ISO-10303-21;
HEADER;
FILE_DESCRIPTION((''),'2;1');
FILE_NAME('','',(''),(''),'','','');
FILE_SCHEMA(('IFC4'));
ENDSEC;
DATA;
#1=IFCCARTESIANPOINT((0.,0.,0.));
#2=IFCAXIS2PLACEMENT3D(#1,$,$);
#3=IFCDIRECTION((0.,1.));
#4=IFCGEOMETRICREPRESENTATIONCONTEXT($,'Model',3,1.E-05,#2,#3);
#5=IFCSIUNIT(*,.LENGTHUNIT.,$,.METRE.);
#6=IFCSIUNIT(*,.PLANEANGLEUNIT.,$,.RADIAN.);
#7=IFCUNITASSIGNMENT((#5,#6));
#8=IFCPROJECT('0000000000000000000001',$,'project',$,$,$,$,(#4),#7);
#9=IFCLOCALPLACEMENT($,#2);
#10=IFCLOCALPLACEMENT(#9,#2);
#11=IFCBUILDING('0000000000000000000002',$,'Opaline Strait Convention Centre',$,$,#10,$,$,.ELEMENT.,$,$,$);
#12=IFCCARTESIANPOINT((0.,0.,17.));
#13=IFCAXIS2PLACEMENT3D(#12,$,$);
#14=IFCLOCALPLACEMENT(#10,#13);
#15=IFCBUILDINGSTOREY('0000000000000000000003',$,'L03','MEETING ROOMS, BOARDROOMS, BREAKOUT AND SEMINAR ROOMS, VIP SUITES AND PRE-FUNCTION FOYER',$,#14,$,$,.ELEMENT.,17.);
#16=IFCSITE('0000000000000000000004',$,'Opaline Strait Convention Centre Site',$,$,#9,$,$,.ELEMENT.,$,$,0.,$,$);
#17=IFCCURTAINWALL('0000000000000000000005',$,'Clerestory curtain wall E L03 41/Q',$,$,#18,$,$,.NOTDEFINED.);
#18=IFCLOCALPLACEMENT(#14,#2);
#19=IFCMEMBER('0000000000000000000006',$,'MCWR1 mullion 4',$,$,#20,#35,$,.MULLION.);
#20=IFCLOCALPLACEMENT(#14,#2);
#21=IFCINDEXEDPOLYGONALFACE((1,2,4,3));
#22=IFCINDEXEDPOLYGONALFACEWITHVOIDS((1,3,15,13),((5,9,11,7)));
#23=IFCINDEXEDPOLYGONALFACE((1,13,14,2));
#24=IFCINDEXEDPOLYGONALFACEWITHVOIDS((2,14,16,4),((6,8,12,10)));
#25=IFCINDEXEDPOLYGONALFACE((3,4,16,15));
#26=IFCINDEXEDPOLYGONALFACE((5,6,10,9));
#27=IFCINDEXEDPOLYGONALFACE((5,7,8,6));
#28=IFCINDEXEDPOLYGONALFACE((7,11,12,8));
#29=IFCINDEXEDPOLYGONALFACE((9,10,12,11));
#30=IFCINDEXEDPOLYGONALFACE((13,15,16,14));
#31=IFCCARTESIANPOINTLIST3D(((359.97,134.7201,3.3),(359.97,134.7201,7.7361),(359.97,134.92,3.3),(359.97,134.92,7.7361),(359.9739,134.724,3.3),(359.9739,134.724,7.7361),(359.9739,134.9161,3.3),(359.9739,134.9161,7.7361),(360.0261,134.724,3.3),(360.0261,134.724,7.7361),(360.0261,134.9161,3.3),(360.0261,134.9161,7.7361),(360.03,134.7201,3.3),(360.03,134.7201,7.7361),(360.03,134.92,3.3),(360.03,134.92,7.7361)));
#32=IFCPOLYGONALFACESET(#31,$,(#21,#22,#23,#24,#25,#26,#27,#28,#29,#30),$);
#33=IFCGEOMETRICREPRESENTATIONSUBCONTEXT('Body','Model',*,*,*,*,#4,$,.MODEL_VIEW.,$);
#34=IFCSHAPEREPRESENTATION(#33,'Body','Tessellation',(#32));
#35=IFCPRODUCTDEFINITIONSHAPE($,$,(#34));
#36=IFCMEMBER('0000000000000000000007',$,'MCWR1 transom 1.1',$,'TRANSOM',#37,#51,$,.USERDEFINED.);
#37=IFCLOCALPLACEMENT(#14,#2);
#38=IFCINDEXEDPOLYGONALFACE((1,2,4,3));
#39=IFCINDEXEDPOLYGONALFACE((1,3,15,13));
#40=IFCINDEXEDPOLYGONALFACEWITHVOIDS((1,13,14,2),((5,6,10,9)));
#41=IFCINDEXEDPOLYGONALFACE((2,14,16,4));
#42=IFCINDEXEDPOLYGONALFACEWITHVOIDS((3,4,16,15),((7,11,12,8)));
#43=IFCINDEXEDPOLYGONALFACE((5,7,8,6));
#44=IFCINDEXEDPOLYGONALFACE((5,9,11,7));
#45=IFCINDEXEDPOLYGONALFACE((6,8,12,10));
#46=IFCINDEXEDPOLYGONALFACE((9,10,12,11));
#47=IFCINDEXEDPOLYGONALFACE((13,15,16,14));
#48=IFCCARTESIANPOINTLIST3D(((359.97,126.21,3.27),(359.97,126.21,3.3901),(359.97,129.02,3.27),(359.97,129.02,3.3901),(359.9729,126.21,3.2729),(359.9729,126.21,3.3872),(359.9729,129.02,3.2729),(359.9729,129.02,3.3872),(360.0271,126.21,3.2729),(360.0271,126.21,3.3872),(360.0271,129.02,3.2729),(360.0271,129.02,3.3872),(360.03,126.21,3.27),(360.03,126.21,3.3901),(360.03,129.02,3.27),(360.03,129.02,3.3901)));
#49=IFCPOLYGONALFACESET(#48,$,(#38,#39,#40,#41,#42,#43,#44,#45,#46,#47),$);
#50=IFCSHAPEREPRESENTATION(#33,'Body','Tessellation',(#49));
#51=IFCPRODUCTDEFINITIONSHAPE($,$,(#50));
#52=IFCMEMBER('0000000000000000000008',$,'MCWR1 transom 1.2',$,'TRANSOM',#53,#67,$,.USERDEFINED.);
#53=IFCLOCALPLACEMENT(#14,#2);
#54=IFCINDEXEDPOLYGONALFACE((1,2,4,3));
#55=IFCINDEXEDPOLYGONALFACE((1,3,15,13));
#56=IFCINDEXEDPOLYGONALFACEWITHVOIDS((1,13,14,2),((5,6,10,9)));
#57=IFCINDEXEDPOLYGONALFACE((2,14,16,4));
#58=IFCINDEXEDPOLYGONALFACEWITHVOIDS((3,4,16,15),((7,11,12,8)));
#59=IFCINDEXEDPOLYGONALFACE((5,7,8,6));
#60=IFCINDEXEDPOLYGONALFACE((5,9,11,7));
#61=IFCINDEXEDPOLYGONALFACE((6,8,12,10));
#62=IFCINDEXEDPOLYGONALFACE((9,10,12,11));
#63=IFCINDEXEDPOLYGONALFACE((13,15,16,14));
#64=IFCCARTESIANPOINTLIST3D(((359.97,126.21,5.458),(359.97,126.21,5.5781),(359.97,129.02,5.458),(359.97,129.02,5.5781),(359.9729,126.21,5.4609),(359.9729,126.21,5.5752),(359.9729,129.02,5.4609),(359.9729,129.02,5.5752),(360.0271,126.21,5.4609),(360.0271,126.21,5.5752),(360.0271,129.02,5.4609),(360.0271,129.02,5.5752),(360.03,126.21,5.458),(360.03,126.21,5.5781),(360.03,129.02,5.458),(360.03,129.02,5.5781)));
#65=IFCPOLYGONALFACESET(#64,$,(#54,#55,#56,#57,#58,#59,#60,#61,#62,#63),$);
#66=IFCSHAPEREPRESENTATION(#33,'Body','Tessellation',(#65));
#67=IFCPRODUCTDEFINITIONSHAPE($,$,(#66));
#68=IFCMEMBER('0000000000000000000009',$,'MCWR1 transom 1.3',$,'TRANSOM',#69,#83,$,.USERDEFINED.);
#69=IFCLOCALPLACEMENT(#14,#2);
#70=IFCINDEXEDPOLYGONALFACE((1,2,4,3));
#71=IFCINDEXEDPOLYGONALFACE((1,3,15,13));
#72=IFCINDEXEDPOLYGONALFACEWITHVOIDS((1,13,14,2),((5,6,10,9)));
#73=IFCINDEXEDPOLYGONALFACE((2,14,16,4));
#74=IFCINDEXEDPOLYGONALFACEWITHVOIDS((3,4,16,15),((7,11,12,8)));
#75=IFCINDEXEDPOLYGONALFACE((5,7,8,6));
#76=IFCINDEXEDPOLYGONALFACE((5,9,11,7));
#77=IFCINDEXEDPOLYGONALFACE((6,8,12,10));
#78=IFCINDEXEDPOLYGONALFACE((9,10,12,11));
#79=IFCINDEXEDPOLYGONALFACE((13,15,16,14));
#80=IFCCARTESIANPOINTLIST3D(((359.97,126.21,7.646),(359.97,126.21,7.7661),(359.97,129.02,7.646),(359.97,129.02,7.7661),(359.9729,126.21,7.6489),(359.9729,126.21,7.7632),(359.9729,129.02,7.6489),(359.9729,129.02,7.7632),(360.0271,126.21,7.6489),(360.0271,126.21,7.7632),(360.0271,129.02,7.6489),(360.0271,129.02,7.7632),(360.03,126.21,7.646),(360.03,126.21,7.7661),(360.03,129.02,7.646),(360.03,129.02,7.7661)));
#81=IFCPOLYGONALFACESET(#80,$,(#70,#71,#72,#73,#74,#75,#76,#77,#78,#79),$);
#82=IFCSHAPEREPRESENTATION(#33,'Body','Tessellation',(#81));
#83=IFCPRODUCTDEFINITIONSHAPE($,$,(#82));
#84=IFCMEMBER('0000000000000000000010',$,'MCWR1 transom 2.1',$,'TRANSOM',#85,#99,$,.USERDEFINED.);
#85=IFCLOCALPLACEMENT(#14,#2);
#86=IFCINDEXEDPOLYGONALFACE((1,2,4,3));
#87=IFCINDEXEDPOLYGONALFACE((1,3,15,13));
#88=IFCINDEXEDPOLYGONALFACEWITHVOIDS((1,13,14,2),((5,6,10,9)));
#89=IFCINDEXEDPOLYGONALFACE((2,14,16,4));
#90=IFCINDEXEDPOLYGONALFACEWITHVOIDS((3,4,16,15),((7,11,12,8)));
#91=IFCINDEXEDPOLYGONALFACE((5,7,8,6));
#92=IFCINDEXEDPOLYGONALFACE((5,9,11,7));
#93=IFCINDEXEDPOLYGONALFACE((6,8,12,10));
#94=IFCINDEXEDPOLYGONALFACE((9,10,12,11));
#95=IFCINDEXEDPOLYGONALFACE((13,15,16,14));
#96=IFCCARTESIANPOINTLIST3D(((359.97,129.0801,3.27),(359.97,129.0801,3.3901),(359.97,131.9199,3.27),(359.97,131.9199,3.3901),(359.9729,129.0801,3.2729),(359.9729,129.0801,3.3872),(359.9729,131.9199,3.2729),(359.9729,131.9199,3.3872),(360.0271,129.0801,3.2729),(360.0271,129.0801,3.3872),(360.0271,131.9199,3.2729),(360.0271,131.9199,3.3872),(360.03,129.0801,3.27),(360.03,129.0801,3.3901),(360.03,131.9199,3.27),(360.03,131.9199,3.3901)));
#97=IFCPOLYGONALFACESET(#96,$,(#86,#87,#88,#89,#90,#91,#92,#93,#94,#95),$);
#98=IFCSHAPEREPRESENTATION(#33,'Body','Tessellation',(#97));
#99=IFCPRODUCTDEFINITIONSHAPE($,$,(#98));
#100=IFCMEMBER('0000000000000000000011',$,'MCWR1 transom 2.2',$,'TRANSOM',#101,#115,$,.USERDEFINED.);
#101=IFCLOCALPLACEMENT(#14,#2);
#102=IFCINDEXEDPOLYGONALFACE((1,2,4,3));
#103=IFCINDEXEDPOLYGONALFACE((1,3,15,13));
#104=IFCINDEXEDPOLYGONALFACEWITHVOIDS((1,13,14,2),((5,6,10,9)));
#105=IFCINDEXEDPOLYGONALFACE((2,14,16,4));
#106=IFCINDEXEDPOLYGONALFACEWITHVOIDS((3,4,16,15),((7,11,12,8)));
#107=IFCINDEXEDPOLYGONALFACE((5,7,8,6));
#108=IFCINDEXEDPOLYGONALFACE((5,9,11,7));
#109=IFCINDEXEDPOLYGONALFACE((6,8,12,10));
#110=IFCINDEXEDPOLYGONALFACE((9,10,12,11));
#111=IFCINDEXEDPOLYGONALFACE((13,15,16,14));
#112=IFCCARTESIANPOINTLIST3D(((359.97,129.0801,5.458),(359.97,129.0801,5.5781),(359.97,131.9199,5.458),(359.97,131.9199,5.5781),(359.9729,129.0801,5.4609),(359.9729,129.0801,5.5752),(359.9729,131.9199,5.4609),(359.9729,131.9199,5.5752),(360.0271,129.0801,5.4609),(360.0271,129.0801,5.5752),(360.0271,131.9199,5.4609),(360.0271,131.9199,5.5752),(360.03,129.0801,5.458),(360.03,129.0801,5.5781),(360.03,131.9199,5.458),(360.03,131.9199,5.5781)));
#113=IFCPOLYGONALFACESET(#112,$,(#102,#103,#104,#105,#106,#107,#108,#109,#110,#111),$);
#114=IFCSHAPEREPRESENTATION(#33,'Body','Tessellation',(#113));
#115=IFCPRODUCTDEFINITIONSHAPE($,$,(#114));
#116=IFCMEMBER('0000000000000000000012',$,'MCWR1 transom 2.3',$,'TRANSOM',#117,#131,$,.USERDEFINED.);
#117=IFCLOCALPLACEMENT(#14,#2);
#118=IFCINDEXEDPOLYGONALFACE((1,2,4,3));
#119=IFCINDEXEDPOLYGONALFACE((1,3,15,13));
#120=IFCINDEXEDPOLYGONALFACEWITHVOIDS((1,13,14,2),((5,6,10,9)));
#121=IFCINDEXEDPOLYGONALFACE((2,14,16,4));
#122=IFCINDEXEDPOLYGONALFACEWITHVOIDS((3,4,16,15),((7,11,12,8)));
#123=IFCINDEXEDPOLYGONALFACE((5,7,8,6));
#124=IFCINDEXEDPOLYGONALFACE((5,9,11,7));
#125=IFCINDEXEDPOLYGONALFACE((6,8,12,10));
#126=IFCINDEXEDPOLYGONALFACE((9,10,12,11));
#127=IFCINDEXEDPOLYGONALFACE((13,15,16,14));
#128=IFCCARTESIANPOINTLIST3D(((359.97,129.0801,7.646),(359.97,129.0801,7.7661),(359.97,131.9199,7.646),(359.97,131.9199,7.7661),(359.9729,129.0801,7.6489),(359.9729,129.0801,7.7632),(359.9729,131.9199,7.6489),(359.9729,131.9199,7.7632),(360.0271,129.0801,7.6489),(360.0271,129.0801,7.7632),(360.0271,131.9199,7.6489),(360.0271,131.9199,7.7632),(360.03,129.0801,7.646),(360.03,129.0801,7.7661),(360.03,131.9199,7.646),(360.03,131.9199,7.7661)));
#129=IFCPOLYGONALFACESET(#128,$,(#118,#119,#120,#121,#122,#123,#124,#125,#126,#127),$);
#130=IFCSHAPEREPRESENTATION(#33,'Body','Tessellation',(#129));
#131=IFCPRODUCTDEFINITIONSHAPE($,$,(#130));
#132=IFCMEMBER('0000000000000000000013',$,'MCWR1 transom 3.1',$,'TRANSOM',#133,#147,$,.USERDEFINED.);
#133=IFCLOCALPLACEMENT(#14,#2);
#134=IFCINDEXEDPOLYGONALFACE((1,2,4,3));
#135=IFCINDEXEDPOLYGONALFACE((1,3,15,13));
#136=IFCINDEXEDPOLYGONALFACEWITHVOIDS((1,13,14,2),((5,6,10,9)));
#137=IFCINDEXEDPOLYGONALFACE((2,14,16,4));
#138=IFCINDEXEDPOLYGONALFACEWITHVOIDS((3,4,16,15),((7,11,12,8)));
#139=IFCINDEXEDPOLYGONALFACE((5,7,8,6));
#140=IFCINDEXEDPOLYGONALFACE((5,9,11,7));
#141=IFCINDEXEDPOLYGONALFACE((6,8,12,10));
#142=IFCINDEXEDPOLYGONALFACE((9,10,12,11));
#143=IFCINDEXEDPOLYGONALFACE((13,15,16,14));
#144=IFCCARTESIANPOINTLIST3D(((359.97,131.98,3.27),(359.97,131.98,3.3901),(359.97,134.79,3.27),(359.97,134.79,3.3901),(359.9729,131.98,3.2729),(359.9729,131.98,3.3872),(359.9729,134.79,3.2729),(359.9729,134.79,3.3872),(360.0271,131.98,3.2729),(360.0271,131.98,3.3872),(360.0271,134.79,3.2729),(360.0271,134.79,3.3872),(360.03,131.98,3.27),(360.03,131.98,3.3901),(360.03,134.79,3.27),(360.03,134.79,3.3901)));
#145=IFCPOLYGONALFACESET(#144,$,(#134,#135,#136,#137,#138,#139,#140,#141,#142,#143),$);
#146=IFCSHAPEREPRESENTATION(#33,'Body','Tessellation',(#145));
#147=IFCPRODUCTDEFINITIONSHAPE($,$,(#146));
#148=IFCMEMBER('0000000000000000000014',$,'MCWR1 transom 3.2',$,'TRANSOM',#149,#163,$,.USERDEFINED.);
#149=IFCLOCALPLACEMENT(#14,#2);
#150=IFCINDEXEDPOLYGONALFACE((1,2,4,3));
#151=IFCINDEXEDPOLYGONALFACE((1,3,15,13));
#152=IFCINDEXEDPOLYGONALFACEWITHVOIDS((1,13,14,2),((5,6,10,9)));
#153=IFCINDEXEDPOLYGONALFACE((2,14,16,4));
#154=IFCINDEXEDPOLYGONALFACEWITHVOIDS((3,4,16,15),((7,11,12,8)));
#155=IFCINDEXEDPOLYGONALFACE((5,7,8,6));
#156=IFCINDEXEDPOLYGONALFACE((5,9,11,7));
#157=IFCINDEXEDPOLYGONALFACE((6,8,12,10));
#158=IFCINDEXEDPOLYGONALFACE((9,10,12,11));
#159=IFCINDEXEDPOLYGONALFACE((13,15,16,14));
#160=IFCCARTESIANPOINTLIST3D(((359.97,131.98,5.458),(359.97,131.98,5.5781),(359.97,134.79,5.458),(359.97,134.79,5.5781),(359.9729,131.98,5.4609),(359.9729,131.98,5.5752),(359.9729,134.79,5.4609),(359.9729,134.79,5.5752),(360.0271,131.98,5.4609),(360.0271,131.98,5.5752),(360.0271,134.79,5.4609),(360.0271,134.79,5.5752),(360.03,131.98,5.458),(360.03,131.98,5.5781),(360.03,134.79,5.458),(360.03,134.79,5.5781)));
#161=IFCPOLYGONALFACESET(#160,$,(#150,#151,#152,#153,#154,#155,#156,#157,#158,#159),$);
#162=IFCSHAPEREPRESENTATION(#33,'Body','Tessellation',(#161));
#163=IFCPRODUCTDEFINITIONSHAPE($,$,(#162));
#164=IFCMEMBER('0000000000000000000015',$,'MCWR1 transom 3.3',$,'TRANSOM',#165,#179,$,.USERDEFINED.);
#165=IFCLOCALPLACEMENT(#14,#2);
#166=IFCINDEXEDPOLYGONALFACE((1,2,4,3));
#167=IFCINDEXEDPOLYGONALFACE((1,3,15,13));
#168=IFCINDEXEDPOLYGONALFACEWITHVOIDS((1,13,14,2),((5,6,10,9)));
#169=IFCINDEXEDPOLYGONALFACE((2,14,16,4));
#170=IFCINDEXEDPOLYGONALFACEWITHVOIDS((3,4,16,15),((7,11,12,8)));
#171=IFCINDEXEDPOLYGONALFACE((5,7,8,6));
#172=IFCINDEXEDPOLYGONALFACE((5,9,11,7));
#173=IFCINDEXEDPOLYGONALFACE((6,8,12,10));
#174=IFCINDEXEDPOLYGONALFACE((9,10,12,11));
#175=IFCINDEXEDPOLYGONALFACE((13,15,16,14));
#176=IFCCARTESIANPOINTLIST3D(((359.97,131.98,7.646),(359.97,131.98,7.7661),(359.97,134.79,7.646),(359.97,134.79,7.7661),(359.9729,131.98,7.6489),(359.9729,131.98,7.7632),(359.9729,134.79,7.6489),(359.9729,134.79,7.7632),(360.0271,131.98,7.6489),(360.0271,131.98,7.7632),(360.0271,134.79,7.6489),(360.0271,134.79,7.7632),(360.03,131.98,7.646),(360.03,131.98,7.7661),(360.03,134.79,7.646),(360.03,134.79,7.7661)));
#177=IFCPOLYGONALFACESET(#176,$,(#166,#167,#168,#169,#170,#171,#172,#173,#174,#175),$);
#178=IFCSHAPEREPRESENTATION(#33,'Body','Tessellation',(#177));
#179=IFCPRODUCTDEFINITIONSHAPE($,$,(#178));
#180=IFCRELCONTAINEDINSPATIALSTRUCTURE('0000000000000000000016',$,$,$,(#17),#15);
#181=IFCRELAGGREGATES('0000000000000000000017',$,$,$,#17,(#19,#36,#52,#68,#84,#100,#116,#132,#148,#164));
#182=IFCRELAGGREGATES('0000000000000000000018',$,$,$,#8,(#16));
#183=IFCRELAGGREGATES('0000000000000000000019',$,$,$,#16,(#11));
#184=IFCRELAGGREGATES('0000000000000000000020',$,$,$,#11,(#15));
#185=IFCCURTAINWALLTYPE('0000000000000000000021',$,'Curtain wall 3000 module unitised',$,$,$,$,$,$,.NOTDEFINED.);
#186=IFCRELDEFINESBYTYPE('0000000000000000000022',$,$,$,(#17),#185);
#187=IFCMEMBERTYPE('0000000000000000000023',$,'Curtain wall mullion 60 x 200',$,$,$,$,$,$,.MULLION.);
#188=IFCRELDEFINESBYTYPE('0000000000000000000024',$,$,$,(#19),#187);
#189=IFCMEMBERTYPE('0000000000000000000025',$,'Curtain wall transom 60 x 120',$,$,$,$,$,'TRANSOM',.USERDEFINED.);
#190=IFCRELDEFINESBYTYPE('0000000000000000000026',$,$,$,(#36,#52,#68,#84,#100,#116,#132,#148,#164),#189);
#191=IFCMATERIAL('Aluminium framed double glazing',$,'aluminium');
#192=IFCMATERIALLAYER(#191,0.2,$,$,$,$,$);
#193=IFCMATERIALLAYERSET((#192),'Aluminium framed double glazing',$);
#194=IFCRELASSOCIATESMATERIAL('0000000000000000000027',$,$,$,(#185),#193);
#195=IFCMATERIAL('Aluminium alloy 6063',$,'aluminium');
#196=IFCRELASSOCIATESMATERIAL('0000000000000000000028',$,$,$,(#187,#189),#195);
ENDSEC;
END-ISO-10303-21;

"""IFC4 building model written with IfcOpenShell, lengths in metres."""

from ifc_helpers import new_model, si_unit, direction, frame, origin, origin_2d, place, context, subcontext, project, spatial, hollow_rectangle, extrude, material, layer, layer_set, material_profile, profile_set, type_object, element, aggregate, save


model = new_model("IFC4")

# Units and contexts
model_context = context("Model", 3, precision=1e-05, world=origin(), true_north=direction((0.0, 1.0)))
body_context = subcontext(model_context, "Body", "Model", "MODEL_VIEW")
ifc_project = project(units=[si_unit("LENGTHUNIT", "METRE"), si_unit("PLANEANGLEUNIT", "RADIAN")], contexts=[model_context])

# Site, building, storey
site_placement = place(None, origin())
site = spatial("IfcSite", under=ifc_project, at=site_placement, Name="Opaline Strait Convention Centre Site", CompositionType="ELEMENT", RefElevation=0.0)
building_placement = place(site_placement, origin())
building = spatial("IfcBuilding", under=site, at=building_placement, Name="Opaline Strait Convention Centre", CompositionType="ELEMENT")
storey_placement = place(building_placement, frame((0.0, 0.0, 17.0)))
storey = spatial("IfcBuildingStorey", under=building, at=storey_placement, Name="L03", Description="MEETING ROOMS, BOARDROOMS, BREAKOUT AND SEMINAR ROOMS, VIP SUITES AND PRE-FUNCTION FOYER", CompositionType="ELEMENT", Elevation=17.0)

# Curtain wall, members
ifc_material_1 = material(Name="Aluminium framed double glazing", Category="aluminium")
ifc_layer_1 = layer(ifc_material_1, 0.2)
ifc_layer_set_1 = layer_set([ifc_layer_1], Name="Aluminium framed double glazing")
curtain_wall_type = type_object("IfcCurtainWallType", Name="Curtain wall 3000 module unitised", PredefinedType="NOTDEFINED", material=ifc_layer_set_1)
curtain_wall_placement = place(storey_placement, origin())
curtain_wall = element("IfcCurtainWall", 1, at=curtain_wall_placement, inside=storey, type_object=curtain_wall_type, Name="Clerestory curtain wall E L03 41/Q", PredefinedType="NOTDEFINED")
ifc_material_2 = material(Name="Aluminium alloy 6063", Category="aluminium")
ifc_material_profile_1 = material_profile(ifc_material_2, hollow_rectangle(XDim=0.0601, YDim=0.2, WallThickness=0.0039, at=origin_2d()), Name="MULLION 60x200x4")
ifc_profile_set_1 = profile_set([ifc_material_profile_1], Name="Aluminium alloy 6063")
member_type_1 = type_object("IfcMemberType", Name="Curtain wall mullion 60 x 200", PredefinedType="MULLION", material=ifc_profile_set_1)
member_1_placement = place(storey_placement, frame((360.0, 134.8201, 3.3), z_axis=(0.0, 0.0, 1.0), x_axis=(-1.0, 0.0, 0.0)))
member_1 = element("IfcMember", 2, at=member_1_placement, type_object=member_type_1, Name="MCWR1 mullion 4", PredefinedType="MULLION", context=body_context, shape_type="SweptSolid", body=[
    extrude(hollow_rectangle(XDim=0.0601, YDim=0.2, WallThickness=0.0039, at=origin_2d()), origin(), (0.0, 0.0, 1.0), 4.436),
])
ifc_material_profile_2 = material_profile(ifc_material_2, hollow_rectangle(XDim=0.0601, YDim=0.1201, WallThickness=0.0029, at=origin_2d()), Name="TRANSOM 60x120x3")
ifc_profile_set_2 = profile_set([ifc_material_profile_2], Name="Aluminium alloy 6063")
member_type_2 = type_object("IfcMemberType", Name="Curtain wall transom 60 x 120", ElementType="TRANSOM", PredefinedType="USERDEFINED", material=ifc_profile_set_2)
member_2_placement = place(storey_placement, frame((360.0, 126.21, 3.3301), z_axis=(0.0, 1.0, 0.0), x_axis=(-1.0, 0.0, 0.0)))
member_2 = element("IfcMember", 3, at=member_2_placement, type_object=member_type_2, Name="MCWR1 transom 1.1", ObjectType="TRANSOM", PredefinedType="USERDEFINED", context=body_context, shape_type="SweptSolid", body=[
    extrude(hollow_rectangle(XDim=0.0601, YDim=0.1201, WallThickness=0.0029, at=origin_2d()), origin(), (0.0, 0.0, 1.0), 2.8101),
])
member_3_placement = place(storey_placement, frame((360.0, 126.21, 5.5181), z_axis=(0.0, 1.0, 0.0), x_axis=(-1.0, 0.0, 0.0)))
member_3 = element("IfcMember", 4, at=member_3_placement, type_object=member_type_2, Name="MCWR1 transom 1.2", ObjectType="TRANSOM", PredefinedType="USERDEFINED", context=body_context, shape_type="SweptSolid", body=[
    extrude(hollow_rectangle(XDim=0.0601, YDim=0.1201, WallThickness=0.0029, at=origin_2d()), origin(), (0.0, 0.0, 1.0), 2.8101),
])
member_4_placement = place(storey_placement, frame((360.0, 126.21, 7.7061), z_axis=(0.0, 1.0, 0.0), x_axis=(-1.0, 0.0, 0.0)))
member_4 = element("IfcMember", 5, at=member_4_placement, type_object=member_type_2, Name="MCWR1 transom 1.3", ObjectType="TRANSOM", PredefinedType="USERDEFINED", context=body_context, shape_type="SweptSolid", body=[
    extrude(hollow_rectangle(XDim=0.0601, YDim=0.1201, WallThickness=0.0029, at=origin_2d()), origin(), (0.0, 0.0, 1.0), 2.8101),
])
member_5_placement = place(storey_placement, frame((360.0, 129.0801, 3.3301), z_axis=(0.0, 1.0, 0.0), x_axis=(-1.0, 0.0, 0.0)))
member_5 = element("IfcMember", 6, at=member_5_placement, type_object=member_type_2, Name="MCWR1 transom 2.1", ObjectType="TRANSOM", PredefinedType="USERDEFINED", context=body_context, shape_type="SweptSolid", body=[
    extrude(hollow_rectangle(XDim=0.0601, YDim=0.1201, WallThickness=0.0029, at=origin_2d()), origin(), (0.0, 0.0, 1.0), 2.8398),
])
member_6_placement = place(storey_placement, frame((360.0, 129.0801, 5.5181), z_axis=(0.0, 1.0, 0.0), x_axis=(-1.0, 0.0, 0.0)))
member_6 = element("IfcMember", 7, at=member_6_placement, type_object=member_type_2, Name="MCWR1 transom 2.2", ObjectType="TRANSOM", PredefinedType="USERDEFINED", context=body_context, shape_type="SweptSolid", body=[
    extrude(hollow_rectangle(XDim=0.0601, YDim=0.1201, WallThickness=0.0029, at=origin_2d()), origin(), (0.0, 0.0, 1.0), 2.8398),
])
member_7_placement = place(storey_placement, frame((360.0, 129.0801, 7.7061), z_axis=(0.0, 1.0, 0.0), x_axis=(-1.0, 0.0, 0.0)))
member_7 = element("IfcMember", 8, at=member_7_placement, type_object=member_type_2, Name="MCWR1 transom 2.3", ObjectType="TRANSOM", PredefinedType="USERDEFINED", context=body_context, shape_type="SweptSolid", body=[
    extrude(hollow_rectangle(XDim=0.0601, YDim=0.1201, WallThickness=0.0029, at=origin_2d()), origin(), (0.0, 0.0, 1.0), 2.8398),
])
member_8_placement = place(storey_placement, frame((360.0, 131.98, 3.3301), z_axis=(0.0, 1.0, 0.0), x_axis=(-1.0, 0.0, 0.0)))
member_8 = element("IfcMember", 9, at=member_8_placement, type_object=member_type_2, Name="MCWR1 transom 3.1", ObjectType="TRANSOM", PredefinedType="USERDEFINED", context=body_context, shape_type="SweptSolid", body=[
    extrude(hollow_rectangle(XDim=0.0601, YDim=0.1201, WallThickness=0.0029, at=origin_2d()), origin(), (0.0, 0.0, 1.0), 2.8101),
])
member_9_placement = place(storey_placement, frame((360.0, 131.98, 5.5181), z_axis=(0.0, 1.0, 0.0), x_axis=(-1.0, 0.0, 0.0)))
member_9 = element("IfcMember", 10, at=member_9_placement, type_object=member_type_2, Name="MCWR1 transom 3.2", ObjectType="TRANSOM", PredefinedType="USERDEFINED", context=body_context, shape_type="SweptSolid", body=[
    extrude(hollow_rectangle(XDim=0.0601, YDim=0.1201, WallThickness=0.0029, at=origin_2d()), origin(), (0.0, 0.0, 1.0), 2.8101),
])
member_10_placement = place(storey_placement, frame((360.0, 131.98, 7.7061), z_axis=(0.0, 1.0, 0.0), x_axis=(-1.0, 0.0, 0.0)))
member_10 = element("IfcMember", 11, at=member_10_placement, type_object=member_type_2, Name="MCWR1 transom 3.3", ObjectType="TRANSOM", PredefinedType="USERDEFINED", context=body_context, shape_type="SweptSolid", body=[
    extrude(hollow_rectangle(XDim=0.0601, YDim=0.1201, WallThickness=0.0029, at=origin_2d()), origin(), (0.0, 0.0, 1.0), 2.8101),
])

aggregate(curtain_wall, [member_1, member_2, member_3, member_4, member_5, member_6, member_7, member_8, member_9, member_10])

save(model, "model.ifc")
